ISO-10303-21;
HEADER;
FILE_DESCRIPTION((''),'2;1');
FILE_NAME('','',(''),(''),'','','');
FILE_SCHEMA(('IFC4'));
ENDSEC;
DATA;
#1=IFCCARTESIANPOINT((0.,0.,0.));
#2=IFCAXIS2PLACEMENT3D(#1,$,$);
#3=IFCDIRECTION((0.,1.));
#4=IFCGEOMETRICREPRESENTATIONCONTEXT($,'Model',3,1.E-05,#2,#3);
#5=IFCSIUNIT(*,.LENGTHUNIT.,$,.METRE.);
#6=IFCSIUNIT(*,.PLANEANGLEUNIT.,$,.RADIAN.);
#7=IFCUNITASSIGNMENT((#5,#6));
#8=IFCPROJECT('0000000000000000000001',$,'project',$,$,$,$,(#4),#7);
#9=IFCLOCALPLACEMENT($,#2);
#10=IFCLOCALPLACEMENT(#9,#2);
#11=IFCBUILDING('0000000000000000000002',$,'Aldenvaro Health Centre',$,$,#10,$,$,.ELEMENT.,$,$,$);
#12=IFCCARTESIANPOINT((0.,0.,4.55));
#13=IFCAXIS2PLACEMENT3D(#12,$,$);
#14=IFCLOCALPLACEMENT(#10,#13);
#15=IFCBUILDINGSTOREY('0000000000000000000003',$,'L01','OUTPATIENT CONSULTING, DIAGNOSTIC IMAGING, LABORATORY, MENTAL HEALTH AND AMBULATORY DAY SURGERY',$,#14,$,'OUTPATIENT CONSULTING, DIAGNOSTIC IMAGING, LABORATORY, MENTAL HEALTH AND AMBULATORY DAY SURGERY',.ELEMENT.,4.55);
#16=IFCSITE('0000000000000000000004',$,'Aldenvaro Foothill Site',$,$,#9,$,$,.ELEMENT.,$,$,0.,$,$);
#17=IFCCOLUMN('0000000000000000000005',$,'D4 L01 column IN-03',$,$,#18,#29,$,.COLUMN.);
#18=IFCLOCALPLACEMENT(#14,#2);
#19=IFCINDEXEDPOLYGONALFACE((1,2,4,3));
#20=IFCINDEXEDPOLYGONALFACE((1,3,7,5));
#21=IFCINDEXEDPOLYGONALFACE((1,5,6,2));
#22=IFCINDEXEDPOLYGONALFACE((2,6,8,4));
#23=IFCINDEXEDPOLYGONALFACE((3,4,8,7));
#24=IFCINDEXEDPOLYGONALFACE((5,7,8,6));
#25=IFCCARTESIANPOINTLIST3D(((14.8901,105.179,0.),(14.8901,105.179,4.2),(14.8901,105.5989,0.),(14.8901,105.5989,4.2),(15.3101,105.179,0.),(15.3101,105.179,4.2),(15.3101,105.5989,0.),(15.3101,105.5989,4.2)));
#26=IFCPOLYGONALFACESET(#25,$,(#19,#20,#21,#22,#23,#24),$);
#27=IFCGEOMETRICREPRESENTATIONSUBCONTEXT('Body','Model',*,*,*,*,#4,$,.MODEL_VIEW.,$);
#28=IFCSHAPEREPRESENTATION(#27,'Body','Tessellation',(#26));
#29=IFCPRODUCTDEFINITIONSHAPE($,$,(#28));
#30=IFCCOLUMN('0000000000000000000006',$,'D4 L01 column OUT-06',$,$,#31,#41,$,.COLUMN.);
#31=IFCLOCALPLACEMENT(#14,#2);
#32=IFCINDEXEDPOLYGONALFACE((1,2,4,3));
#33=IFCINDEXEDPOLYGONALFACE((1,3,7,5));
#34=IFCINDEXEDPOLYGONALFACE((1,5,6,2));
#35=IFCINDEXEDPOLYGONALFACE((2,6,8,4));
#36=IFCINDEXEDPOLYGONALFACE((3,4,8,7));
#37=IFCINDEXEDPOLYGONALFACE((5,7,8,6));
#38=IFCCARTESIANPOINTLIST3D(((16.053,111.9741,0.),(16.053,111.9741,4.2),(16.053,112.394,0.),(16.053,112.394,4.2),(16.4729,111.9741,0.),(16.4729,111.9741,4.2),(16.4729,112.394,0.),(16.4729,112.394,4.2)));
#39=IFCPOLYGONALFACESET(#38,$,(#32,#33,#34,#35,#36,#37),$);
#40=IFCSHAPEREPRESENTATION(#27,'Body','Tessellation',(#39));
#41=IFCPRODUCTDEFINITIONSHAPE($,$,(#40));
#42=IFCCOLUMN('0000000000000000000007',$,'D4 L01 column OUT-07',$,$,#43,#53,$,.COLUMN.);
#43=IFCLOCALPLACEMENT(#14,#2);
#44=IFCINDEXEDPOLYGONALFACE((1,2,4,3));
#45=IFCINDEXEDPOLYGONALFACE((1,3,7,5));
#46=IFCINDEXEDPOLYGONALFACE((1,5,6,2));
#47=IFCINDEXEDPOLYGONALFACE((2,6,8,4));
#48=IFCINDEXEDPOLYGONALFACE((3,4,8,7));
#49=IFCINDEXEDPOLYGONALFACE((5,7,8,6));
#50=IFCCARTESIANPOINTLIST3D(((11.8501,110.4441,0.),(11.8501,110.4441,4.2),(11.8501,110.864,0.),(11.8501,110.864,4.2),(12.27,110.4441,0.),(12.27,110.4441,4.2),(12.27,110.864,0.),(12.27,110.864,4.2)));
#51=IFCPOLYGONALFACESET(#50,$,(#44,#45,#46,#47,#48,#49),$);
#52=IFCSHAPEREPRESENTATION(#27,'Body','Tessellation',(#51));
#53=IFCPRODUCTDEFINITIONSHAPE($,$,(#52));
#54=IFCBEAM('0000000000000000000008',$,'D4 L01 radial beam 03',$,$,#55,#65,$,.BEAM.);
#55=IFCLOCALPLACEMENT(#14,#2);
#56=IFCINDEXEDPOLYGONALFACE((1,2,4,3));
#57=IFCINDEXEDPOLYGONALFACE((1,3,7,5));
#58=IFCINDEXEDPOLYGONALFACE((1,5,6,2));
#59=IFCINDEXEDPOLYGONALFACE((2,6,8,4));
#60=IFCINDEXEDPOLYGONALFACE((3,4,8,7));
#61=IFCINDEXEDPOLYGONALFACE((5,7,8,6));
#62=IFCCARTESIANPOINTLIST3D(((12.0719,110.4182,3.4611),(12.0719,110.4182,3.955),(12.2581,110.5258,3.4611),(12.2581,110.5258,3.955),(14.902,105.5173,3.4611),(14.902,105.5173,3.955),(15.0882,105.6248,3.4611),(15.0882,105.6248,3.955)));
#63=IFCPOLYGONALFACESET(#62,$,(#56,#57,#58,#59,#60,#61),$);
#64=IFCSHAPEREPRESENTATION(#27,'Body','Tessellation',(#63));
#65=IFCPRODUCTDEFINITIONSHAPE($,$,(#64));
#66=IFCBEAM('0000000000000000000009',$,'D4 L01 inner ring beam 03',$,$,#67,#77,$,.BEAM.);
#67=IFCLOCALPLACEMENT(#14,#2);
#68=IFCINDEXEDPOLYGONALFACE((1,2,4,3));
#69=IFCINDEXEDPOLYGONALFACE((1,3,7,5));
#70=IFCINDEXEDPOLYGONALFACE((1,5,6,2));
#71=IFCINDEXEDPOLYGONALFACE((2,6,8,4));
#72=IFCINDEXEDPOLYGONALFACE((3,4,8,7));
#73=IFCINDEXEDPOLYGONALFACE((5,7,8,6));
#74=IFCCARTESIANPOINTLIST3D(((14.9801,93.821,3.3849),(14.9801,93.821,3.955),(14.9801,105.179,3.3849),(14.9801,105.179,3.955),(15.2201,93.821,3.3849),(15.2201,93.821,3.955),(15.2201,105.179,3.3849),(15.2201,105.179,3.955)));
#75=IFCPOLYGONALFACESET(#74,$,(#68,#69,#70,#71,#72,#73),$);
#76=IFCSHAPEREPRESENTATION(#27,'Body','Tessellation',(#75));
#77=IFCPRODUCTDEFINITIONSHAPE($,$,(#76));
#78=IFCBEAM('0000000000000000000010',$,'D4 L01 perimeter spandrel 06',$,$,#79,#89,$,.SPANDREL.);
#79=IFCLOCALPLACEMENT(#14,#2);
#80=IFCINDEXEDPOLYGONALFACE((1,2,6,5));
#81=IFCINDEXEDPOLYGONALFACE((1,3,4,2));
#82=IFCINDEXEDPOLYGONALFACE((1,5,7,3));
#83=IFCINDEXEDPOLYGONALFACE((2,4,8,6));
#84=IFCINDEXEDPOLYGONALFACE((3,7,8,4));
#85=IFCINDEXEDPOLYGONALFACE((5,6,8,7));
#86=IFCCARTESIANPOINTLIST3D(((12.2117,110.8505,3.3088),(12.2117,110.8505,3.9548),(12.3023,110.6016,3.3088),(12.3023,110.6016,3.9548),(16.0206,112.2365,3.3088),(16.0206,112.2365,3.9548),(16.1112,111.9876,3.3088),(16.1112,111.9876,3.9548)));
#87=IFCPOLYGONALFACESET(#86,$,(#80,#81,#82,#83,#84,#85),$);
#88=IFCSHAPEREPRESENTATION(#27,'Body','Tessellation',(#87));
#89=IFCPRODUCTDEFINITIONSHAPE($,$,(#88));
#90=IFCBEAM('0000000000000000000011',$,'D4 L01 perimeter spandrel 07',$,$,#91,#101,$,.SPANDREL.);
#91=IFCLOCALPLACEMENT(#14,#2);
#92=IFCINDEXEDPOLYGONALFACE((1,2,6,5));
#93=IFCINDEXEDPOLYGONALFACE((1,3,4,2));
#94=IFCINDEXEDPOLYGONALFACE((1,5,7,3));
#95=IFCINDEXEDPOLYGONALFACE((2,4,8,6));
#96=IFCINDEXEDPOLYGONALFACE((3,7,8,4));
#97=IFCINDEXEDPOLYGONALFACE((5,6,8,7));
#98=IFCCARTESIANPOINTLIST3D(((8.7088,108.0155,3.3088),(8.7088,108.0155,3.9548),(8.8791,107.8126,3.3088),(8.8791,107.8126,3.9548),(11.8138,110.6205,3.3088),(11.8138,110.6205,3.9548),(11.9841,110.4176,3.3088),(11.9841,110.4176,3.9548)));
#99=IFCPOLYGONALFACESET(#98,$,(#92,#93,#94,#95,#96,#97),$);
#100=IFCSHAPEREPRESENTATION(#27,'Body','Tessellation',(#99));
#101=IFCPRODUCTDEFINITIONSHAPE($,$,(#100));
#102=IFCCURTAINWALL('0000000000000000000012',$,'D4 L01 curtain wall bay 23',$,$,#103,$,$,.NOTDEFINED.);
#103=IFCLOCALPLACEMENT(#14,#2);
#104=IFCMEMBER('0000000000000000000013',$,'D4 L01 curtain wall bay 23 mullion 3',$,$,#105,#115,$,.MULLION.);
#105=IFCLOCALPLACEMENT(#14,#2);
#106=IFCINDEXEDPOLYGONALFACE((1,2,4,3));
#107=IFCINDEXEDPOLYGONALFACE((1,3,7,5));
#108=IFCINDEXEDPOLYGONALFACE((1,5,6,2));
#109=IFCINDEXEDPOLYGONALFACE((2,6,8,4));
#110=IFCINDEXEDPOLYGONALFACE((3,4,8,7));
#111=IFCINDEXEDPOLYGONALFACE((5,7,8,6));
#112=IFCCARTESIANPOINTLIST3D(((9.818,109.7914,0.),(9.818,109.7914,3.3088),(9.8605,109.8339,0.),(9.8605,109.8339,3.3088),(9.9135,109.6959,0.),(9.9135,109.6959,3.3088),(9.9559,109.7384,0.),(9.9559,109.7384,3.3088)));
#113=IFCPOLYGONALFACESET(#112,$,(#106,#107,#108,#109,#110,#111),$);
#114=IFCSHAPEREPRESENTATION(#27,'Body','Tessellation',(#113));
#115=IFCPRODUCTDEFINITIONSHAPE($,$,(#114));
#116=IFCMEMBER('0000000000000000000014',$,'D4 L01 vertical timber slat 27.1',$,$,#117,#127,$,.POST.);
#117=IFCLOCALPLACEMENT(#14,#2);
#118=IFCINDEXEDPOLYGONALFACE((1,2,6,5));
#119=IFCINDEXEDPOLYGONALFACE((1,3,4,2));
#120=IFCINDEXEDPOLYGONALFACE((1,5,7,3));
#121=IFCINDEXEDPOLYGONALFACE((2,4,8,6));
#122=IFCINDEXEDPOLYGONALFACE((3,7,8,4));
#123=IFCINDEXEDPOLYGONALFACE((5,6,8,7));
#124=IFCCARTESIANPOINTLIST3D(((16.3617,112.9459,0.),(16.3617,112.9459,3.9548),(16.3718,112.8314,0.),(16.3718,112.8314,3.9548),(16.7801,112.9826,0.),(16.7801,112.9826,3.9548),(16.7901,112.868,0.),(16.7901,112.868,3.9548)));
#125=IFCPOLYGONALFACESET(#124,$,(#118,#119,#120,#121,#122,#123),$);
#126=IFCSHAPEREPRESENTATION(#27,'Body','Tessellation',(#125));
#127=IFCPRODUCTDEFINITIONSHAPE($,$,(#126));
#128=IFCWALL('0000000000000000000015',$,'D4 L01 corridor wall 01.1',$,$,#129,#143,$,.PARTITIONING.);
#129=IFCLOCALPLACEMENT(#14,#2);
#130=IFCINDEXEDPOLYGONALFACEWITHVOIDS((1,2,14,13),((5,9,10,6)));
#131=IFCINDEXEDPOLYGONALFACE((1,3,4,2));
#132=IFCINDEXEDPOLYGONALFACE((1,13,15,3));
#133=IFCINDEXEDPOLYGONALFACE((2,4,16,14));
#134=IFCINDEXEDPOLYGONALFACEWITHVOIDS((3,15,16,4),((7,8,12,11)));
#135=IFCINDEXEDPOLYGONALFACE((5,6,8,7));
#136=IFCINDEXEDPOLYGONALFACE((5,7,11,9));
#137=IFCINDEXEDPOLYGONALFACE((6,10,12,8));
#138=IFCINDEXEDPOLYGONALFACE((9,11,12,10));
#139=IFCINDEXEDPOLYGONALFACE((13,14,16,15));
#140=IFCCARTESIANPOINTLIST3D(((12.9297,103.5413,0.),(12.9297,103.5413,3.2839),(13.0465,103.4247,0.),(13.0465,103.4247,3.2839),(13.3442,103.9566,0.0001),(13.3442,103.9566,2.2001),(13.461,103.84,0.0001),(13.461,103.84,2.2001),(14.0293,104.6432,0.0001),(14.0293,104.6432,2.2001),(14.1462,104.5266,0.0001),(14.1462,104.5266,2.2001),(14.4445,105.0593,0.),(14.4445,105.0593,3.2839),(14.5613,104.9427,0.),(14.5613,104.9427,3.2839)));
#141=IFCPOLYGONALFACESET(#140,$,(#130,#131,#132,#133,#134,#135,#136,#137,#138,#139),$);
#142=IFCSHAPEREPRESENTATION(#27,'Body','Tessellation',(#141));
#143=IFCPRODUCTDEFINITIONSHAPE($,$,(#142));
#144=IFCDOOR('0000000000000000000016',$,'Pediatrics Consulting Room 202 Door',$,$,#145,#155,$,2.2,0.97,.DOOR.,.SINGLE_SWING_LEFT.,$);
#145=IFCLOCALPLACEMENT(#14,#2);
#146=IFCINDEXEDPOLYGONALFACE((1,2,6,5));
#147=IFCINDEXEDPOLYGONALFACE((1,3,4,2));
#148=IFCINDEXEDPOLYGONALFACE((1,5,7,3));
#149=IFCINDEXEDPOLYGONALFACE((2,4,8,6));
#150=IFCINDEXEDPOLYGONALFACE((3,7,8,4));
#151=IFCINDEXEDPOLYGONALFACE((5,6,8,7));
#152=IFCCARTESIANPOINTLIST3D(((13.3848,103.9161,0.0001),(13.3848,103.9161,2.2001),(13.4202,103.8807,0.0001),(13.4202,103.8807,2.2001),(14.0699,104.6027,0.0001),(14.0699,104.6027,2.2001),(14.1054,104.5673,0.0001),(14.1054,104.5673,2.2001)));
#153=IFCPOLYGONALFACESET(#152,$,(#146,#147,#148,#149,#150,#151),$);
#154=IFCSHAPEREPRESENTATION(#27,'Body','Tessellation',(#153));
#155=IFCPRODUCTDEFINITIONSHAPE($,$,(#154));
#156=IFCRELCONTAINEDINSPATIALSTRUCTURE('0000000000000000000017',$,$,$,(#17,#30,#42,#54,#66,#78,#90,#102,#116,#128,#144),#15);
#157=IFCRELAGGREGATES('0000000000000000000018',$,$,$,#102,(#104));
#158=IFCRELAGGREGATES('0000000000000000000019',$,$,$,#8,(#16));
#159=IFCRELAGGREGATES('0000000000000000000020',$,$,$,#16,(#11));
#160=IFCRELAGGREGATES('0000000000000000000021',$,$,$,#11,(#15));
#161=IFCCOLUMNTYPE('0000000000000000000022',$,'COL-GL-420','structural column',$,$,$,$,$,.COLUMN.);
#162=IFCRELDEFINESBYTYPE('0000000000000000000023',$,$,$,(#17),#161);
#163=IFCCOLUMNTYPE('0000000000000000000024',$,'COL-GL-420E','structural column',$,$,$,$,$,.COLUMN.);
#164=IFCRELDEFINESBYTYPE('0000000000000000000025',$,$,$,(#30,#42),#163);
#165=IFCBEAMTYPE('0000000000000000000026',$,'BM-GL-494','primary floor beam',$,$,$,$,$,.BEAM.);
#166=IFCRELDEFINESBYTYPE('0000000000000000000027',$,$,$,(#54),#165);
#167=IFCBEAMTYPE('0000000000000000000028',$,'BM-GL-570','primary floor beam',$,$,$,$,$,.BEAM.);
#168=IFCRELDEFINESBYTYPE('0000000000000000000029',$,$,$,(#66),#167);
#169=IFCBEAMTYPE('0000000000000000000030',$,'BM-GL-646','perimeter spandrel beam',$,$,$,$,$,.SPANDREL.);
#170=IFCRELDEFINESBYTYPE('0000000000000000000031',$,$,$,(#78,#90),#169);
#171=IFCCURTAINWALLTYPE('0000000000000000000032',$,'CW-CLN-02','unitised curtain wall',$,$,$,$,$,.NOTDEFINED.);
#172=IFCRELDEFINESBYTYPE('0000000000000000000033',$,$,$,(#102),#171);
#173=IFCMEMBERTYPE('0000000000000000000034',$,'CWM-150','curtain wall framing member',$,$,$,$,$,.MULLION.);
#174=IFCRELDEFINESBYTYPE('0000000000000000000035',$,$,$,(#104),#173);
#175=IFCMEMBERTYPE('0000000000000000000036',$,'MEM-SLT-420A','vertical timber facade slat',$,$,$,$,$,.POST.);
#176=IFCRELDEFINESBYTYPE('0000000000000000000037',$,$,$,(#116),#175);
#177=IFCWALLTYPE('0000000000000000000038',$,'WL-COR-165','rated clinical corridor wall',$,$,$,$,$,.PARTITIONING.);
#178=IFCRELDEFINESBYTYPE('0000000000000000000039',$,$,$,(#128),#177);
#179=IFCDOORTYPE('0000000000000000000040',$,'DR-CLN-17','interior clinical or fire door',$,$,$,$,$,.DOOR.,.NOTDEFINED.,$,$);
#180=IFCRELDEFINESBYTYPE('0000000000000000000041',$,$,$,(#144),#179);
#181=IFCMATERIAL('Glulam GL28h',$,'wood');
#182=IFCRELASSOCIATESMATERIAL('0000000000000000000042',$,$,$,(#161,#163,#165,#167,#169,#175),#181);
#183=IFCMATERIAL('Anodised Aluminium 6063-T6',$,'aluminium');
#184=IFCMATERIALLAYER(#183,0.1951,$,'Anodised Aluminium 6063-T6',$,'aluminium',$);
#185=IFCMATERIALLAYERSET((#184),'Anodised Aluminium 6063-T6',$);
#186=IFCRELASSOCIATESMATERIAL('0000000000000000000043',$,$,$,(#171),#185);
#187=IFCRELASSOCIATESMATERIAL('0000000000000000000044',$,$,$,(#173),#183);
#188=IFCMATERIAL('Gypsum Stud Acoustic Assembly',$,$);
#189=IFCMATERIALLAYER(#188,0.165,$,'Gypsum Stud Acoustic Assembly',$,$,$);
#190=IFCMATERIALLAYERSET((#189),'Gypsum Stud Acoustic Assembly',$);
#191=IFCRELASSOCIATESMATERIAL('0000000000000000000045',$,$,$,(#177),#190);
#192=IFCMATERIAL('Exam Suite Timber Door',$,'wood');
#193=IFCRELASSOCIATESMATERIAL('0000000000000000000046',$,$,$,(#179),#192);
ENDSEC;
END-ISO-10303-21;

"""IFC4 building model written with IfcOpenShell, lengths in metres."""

from ifc_helpers import new_model, si_unit, direction, frame, frame_2d, origin, origin_2d, place, context, subcontext, project, spatial, rectangle, extrude, material, layer, layer_set, material_profile, profile_set, type_object, element, fill, aggregate, save


model = new_model("IFC4")

# Units and contexts
model_context = context("Model", 3, precision=1e-05, world=origin(), true_north=direction((0.0, 1.0)))
body_context = subcontext(model_context, "Body", "Model", "MODEL_VIEW")
ifc_project = project(units=[si_unit("LENGTHUNIT", "METRE"), si_unit("PLANEANGLEUNIT", "RADIAN")], contexts=[model_context])

# Site, building, storey
site_placement = place(None, origin())
site = spatial("IfcSite", under=ifc_project, at=site_placement, Name="Aldenvaro Foothill Site", CompositionType="ELEMENT", RefElevation=0.0)
building_placement = place(site_placement, origin())
building = spatial("IfcBuilding", under=site, at=building_placement, Name="Aldenvaro Health Centre", CompositionType="ELEMENT")
storey_placement = place(building_placement, frame((0.0, 0.0, 4.55)))
storey = spatial("IfcBuildingStorey", under=building, at=storey_placement, Name="L01", Description="OUTPATIENT CONSULTING, DIAGNOSTIC IMAGING, LABORATORY, MENTAL HEALTH AND AMBULATORY DAY SURGERY", LongName="OUTPATIENT CONSULTING, DIAGNOSTIC IMAGING, LABORATORY, MENTAL HEALTH AND AMBULATORY DAY SURGERY", CompositionType="ELEMENT", Elevation=4.55)

# Columns
ifc_material_1 = material(Name="Glulam GL28h", Category="wood")
ifc_material_profile_1 = material_profile(ifc_material_1, rectangle(XDim=0.4199, YDim=0.4199, at=origin_2d()), Name="GL 420x420", Category="wood")
ifc_profile_set_1 = profile_set([ifc_material_profile_1], Name="Glulam GL28h")
column_type_1 = type_object("IfcColumnType", Name="COL-GL-420", Description="structural column", PredefinedType="COLUMN", material=ifc_profile_set_1)
column_placement = place(storey_placement, frame((15.1001, 105.3889, 0.0), z_axis=(0.0, 0.0, 1.0), x_axis=(1.0, 0.0, 0.0)))
element("IfcColumn", 1, at=column_placement, inside=storey, type_object=column_type_1, Name="D4 L01 column IN-03", PredefinedType="COLUMN", context=body_context, shape_type="SweptSolid", body=[
    extrude(rectangle(XDim=0.4199, YDim=0.4199, at=origin_2d()), origin(), (0.0, 0.0, 1.0), 4.2),
])
ifc_material_profile_2 = material_profile(ifc_material_1, rectangle(XDim=0.4199, YDim=0.4199, at=origin_2d()), Name="GL 420x420", Category="wood")
ifc_profile_set_2 = profile_set([ifc_material_profile_2], Name="Glulam GL28h")
column_type_2 = type_object("IfcColumnType", Name="COL-GL-420E", Description="structural column", PredefinedType="COLUMN", material=ifc_profile_set_2)
for number, where, z_axis, x_axis, name in (
    (2, (16.2629, 112.1841, 0.0), (0.0, 0.0, 1.0), (1.0, 0.0, 0.0), "D4 L01 column OUT-06"),
    (3, (12.0601, 110.6541, 0.0), (0.0, 0.0, 1.0), (1.0, 0.0, 0.0), "D4 L01 column OUT-07"),
):
    element("IfcColumn", number, at=place(storey_placement, frame(where, z_axis=z_axis, x_axis=x_axis)), inside=storey, type_object=column_type_2, Name=name, PredefinedType="COLUMN", context=body_context, shape_type="SweptSolid", body=[
        extrude(rectangle(XDim=0.4199, YDim=0.4199, at=origin_2d()), origin(), (0.0, 0.0, 1.0), 4.2),
    ])

# Beams
ifc_material_profile_3 = material_profile(ifc_material_1, rectangle(XDim=0.2151, YDim=0.4939, at=origin_2d()), Name="GL 215x494", Category="wood")
ifc_profile_set_3 = profile_set([ifc_material_profile_3], Name="Glulam GL28h")
beam_type_1 = type_object("IfcBeamType", Name="BM-GL-494", Description="primary floor beam", PredefinedType="BEAM", material=ifc_profile_set_3)
beam_1_placement = place(storey_placement, frame((14.9951, 105.571, 3.708), z_axis=(-0.500073, 0.865983, 0.0), x_axis=(-0.865983, -0.500073, 0.0)))
element("IfcBeam", 4, at=beam_1_placement, inside=storey, type_object=beam_type_1, Name="D4 L01 radial beam 03", PredefinedType="BEAM", context=body_context, shape_type="SweptSolid", body=[
    extrude(rectangle(XDim=0.2151, YDim=0.4939, at=origin_2d()), origin(), (0.0, 0.0, 1.0), 5.6594),
])
ifc_material_profile_4 = material_profile(ifc_material_1, rectangle(XDim=0.24, YDim=0.5701, at=origin_2d()), Name="GL 240x570", Category="wood")
ifc_profile_set_4 = profile_set([ifc_material_profile_4], Name="Glulam GL28h")
beam_type_2 = type_object("IfcBeamType", Name="BM-GL-570", Description="primary floor beam", PredefinedType="BEAM", material=ifc_profile_set_4)
beam_2_placement = place(storey_placement, frame((15.1001, 105.179, 3.6699), z_axis=(0.0, -1.0, 0.0), x_axis=(1.0, 0.0, 0.0)))
element("IfcBeam", 5, at=beam_2_placement, inside=storey, type_object=beam_type_2, Name="D4 L01 inner ring beam 03", PredefinedType="BEAM", context=body_context, shape_type="SweptSolid", body=[
    extrude(rectangle(XDim=0.24, YDim=0.5701, at=origin_2d()), origin(), (0.0, 0.0, 1.0), 11.3579),
])
ifc_material_profile_5 = material_profile(ifc_material_1, rectangle(XDim=0.2649, YDim=0.646, at=origin_2d()), Name="GL 265x646", Category="wood")
ifc_profile_set_5 = profile_set([ifc_material_profile_5], Name="Glulam GL28h")
beam_type_3 = type_object("IfcBeamType", Name="BM-GL-646", Description="perimeter spandrel beam", PredefinedType="SPANDREL", material=ifc_profile_set_5)
beam_3_placement = place(storey_placement, frame((16.0659, 112.1121, 3.6318), z_axis=(-0.939718, -0.341951, 0.0), x_axis=(0.341951, -0.939718, 0.0)))
element("IfcBeam", 6, at=beam_3_placement, inside=storey, type_object=beam_type_3, Name="D4 L01 perimeter spandrel 06", PredefinedType="SPANDREL", context=body_context, shape_type="SweptSolid", body=[
    extrude(rectangle(XDim=0.2649, YDim=0.646, at=origin_2d()), origin(), (0.0, 0.0, 1.0), 4.0532),
])
beam_4_placement = place(storey_placement, frame((11.8989, 110.519, 3.6318), z_axis=(-0.766094, -0.642729, 0.0), x_axis=(0.642729, -0.766094, 0.0)))
element("IfcBeam", 7, at=beam_4_placement, inside=storey, type_object=beam_type_3, Name="D4 L01 perimeter spandrel 07", PredefinedType="SPANDREL", context=body_context, shape_type="SweptSolid", body=[
    extrude(rectangle(XDim=0.2649, YDim=0.646, at=origin_2d()), origin(), (0.0, 0.0, 1.0), 4.053),
])

# Curtain wall, member
ifc_material_2 = material(Name="Anodised Aluminium 6063-T6", Category="aluminium")
ifc_layer_1 = layer(ifc_material_2, 0.1951, Name="Anodised Aluminium 6063-T6", Category="aluminium")
ifc_layer_set_1 = layer_set([ifc_layer_1], Name="Anodised Aluminium 6063-T6")
curtain_wall_type = type_object("IfcCurtainWallType", Name="CW-CLN-02", Description="unitised curtain wall", PredefinedType="NOTDEFINED", material=ifc_layer_set_1)
curtain_wall_placement = place(storey_placement, origin())
curtain_wall = element("IfcCurtainWall", 8, at=curtain_wall_placement, inside=storey, type_object=curtain_wall_type, Name="D4 L01 curtain wall bay 23", PredefinedType="NOTDEFINED")
ifc_material_profile_6 = material_profile(ifc_material_2, rectangle(XDim=0.0601, YDim=0.135, at=origin_2d()), Name="ALU 60x135", Category="aluminium")
ifc_profile_set_6 = profile_set([ifc_material_profile_6], Name="Anodised Aluminium 6063-T6")
member_type_1 = type_object("IfcMemberType", Name="CWM-150", Description="curtain wall framing member", PredefinedType="MULLION", material=ifc_profile_set_6)
member_1_placement = place(storey_placement, frame((9.887, 109.7649, 0.0), z_axis=(0.0, 0.0, 1.0), x_axis=(0.707107, 0.707107, 0.0)))
member_1 = element("IfcMember", 9, at=member_1_placement, type_object=member_type_1, Name="D4 L01 curtain wall bay 23 mullion 3", PredefinedType="MULLION", context=body_context, shape_type="SweptSolid", body=[
    extrude(rectangle(XDim=0.0601, YDim=0.135, at=origin_2d()), origin(), (0.0, 0.0, 1.0), 3.3088),
])
aggregate(curtain_wall, [member_1])

# Member
ifc_material_profile_7 = material_profile(ifc_material_1, rectangle(XDim=0.115, YDim=0.4199, at=origin_2d()), Name="GL 115x420", Category="wood")
ifc_profile_set_7 = profile_set([ifc_material_profile_7], Name="Glulam GL28h")
member_type_2 = type_object("IfcMemberType", Name="MEM-SLT-420A", Description="vertical timber facade slat", PredefinedType="POST", material=ifc_profile_set_7)
member_2_placement = place(storey_placement, frame((16.5759, 112.907, 0.0), z_axis=(0.0, 0.0, 1.0), x_axis=(-0.087332, 0.996179, 0.0)))
element("IfcMember", 10, at=member_2_placement, inside=storey, type_object=member_type_2, Name="D4 L01 vertical timber slat 27.1", PredefinedType="POST", context=body_context, shape_type="SweptSolid", body=[
    extrude(rectangle(XDim=0.115, YDim=0.4199, at=origin_2d()), origin(), (0.0, 0.0, 1.0), 3.9548),
])

# Wall, opening, door
ifc_material_3 = material(Name="Gypsum Stud Acoustic Assembly")
ifc_layer_2 = layer(ifc_material_3, 0.165, Name="Gypsum Stud Acoustic Assembly")
ifc_layer_set_2 = layer_set([ifc_layer_2], Name="Gypsum Stud Acoustic Assembly")
wall_type_1 = type_object("IfcWallType", Name="WL-COR-165", Description="rated clinical corridor wall", PredefinedType="PARTITIONING", material=ifc_layer_set_2)
wall_1_placement = place(storey_placement, frame((14.5029, 105.001, 0.0), z_axis=(0.0, 0.0, 1.0), x_axis=(-0.706366, -0.707846, 0.0)))
wall_1 = element("IfcWall", 11, at=wall_1_placement, inside=storey, type_object=wall_type_1, Name="D4 L01 corridor wall 01.1", PredefinedType="PARTITIONING", context=body_context, shape_type="SweptSolid", body=[
    extrude(rectangle(XDim=2.1445, YDim=0.165, at=frame_2d((1.0723, 0.0))), origin(), (0.0, 0.0, 1.0), 3.2839),
])
opening_1_placement = place(wall_1_placement, frame((0.5879, 0.0, 0.0)))
opening_1 = element("IfcOpeningElement", 12, at=opening_1_placement, cuts=wall_1, PredefinedType="OPENING", context=body_context, shape_type="SweptSolid", body=[
    extrude(rectangle(XDim=0.97, YDim=2.2, at=frame_2d((0.4849, 1.1001))), frame((0.0, 0.0925, 0.0), z_axis=(0.0, -1.0, 0.0), x_axis=(1.0, 0.0, 0.0)), (0.0, 0.0, 1.0), 0.1851),
])
ifc_material_4 = material(Name="Exam Suite Timber Door", Category="wood")
door_type_1 = type_object("IfcDoorType", Name="DR-CLN-17", Description="interior clinical or fire door", OperationType="NOTDEFINED", PredefinedType="DOOR", material=ifc_material_4)
door_1_placement = place(opening_1_placement, origin())
door_1 = element("IfcDoor", 13, at=door_1_placement, inside=storey, type_object=door_type_1, Name="Pediatrics Consulting Room 202 Door", OperationType="SINGLE_SWING_LEFT", OverallHeight=2.2, OverallWidth=0.97, PredefinedType="DOOR", context=body_context, shape_type="SweptSolid", body=[
    extrude(rectangle(XDim=0.97, YDim=2.2, at=frame_2d((0.4849, 1.1001))), frame((0.0, 0.0249, 0.0), z_axis=(0.0, -1.0, 0.0), x_axis=(1.0, 0.0, 0.0)), (0.0, 0.0, 1.0), 0.05),
])
fill(opening_1, door_1)

save(model, "model.ifc")
